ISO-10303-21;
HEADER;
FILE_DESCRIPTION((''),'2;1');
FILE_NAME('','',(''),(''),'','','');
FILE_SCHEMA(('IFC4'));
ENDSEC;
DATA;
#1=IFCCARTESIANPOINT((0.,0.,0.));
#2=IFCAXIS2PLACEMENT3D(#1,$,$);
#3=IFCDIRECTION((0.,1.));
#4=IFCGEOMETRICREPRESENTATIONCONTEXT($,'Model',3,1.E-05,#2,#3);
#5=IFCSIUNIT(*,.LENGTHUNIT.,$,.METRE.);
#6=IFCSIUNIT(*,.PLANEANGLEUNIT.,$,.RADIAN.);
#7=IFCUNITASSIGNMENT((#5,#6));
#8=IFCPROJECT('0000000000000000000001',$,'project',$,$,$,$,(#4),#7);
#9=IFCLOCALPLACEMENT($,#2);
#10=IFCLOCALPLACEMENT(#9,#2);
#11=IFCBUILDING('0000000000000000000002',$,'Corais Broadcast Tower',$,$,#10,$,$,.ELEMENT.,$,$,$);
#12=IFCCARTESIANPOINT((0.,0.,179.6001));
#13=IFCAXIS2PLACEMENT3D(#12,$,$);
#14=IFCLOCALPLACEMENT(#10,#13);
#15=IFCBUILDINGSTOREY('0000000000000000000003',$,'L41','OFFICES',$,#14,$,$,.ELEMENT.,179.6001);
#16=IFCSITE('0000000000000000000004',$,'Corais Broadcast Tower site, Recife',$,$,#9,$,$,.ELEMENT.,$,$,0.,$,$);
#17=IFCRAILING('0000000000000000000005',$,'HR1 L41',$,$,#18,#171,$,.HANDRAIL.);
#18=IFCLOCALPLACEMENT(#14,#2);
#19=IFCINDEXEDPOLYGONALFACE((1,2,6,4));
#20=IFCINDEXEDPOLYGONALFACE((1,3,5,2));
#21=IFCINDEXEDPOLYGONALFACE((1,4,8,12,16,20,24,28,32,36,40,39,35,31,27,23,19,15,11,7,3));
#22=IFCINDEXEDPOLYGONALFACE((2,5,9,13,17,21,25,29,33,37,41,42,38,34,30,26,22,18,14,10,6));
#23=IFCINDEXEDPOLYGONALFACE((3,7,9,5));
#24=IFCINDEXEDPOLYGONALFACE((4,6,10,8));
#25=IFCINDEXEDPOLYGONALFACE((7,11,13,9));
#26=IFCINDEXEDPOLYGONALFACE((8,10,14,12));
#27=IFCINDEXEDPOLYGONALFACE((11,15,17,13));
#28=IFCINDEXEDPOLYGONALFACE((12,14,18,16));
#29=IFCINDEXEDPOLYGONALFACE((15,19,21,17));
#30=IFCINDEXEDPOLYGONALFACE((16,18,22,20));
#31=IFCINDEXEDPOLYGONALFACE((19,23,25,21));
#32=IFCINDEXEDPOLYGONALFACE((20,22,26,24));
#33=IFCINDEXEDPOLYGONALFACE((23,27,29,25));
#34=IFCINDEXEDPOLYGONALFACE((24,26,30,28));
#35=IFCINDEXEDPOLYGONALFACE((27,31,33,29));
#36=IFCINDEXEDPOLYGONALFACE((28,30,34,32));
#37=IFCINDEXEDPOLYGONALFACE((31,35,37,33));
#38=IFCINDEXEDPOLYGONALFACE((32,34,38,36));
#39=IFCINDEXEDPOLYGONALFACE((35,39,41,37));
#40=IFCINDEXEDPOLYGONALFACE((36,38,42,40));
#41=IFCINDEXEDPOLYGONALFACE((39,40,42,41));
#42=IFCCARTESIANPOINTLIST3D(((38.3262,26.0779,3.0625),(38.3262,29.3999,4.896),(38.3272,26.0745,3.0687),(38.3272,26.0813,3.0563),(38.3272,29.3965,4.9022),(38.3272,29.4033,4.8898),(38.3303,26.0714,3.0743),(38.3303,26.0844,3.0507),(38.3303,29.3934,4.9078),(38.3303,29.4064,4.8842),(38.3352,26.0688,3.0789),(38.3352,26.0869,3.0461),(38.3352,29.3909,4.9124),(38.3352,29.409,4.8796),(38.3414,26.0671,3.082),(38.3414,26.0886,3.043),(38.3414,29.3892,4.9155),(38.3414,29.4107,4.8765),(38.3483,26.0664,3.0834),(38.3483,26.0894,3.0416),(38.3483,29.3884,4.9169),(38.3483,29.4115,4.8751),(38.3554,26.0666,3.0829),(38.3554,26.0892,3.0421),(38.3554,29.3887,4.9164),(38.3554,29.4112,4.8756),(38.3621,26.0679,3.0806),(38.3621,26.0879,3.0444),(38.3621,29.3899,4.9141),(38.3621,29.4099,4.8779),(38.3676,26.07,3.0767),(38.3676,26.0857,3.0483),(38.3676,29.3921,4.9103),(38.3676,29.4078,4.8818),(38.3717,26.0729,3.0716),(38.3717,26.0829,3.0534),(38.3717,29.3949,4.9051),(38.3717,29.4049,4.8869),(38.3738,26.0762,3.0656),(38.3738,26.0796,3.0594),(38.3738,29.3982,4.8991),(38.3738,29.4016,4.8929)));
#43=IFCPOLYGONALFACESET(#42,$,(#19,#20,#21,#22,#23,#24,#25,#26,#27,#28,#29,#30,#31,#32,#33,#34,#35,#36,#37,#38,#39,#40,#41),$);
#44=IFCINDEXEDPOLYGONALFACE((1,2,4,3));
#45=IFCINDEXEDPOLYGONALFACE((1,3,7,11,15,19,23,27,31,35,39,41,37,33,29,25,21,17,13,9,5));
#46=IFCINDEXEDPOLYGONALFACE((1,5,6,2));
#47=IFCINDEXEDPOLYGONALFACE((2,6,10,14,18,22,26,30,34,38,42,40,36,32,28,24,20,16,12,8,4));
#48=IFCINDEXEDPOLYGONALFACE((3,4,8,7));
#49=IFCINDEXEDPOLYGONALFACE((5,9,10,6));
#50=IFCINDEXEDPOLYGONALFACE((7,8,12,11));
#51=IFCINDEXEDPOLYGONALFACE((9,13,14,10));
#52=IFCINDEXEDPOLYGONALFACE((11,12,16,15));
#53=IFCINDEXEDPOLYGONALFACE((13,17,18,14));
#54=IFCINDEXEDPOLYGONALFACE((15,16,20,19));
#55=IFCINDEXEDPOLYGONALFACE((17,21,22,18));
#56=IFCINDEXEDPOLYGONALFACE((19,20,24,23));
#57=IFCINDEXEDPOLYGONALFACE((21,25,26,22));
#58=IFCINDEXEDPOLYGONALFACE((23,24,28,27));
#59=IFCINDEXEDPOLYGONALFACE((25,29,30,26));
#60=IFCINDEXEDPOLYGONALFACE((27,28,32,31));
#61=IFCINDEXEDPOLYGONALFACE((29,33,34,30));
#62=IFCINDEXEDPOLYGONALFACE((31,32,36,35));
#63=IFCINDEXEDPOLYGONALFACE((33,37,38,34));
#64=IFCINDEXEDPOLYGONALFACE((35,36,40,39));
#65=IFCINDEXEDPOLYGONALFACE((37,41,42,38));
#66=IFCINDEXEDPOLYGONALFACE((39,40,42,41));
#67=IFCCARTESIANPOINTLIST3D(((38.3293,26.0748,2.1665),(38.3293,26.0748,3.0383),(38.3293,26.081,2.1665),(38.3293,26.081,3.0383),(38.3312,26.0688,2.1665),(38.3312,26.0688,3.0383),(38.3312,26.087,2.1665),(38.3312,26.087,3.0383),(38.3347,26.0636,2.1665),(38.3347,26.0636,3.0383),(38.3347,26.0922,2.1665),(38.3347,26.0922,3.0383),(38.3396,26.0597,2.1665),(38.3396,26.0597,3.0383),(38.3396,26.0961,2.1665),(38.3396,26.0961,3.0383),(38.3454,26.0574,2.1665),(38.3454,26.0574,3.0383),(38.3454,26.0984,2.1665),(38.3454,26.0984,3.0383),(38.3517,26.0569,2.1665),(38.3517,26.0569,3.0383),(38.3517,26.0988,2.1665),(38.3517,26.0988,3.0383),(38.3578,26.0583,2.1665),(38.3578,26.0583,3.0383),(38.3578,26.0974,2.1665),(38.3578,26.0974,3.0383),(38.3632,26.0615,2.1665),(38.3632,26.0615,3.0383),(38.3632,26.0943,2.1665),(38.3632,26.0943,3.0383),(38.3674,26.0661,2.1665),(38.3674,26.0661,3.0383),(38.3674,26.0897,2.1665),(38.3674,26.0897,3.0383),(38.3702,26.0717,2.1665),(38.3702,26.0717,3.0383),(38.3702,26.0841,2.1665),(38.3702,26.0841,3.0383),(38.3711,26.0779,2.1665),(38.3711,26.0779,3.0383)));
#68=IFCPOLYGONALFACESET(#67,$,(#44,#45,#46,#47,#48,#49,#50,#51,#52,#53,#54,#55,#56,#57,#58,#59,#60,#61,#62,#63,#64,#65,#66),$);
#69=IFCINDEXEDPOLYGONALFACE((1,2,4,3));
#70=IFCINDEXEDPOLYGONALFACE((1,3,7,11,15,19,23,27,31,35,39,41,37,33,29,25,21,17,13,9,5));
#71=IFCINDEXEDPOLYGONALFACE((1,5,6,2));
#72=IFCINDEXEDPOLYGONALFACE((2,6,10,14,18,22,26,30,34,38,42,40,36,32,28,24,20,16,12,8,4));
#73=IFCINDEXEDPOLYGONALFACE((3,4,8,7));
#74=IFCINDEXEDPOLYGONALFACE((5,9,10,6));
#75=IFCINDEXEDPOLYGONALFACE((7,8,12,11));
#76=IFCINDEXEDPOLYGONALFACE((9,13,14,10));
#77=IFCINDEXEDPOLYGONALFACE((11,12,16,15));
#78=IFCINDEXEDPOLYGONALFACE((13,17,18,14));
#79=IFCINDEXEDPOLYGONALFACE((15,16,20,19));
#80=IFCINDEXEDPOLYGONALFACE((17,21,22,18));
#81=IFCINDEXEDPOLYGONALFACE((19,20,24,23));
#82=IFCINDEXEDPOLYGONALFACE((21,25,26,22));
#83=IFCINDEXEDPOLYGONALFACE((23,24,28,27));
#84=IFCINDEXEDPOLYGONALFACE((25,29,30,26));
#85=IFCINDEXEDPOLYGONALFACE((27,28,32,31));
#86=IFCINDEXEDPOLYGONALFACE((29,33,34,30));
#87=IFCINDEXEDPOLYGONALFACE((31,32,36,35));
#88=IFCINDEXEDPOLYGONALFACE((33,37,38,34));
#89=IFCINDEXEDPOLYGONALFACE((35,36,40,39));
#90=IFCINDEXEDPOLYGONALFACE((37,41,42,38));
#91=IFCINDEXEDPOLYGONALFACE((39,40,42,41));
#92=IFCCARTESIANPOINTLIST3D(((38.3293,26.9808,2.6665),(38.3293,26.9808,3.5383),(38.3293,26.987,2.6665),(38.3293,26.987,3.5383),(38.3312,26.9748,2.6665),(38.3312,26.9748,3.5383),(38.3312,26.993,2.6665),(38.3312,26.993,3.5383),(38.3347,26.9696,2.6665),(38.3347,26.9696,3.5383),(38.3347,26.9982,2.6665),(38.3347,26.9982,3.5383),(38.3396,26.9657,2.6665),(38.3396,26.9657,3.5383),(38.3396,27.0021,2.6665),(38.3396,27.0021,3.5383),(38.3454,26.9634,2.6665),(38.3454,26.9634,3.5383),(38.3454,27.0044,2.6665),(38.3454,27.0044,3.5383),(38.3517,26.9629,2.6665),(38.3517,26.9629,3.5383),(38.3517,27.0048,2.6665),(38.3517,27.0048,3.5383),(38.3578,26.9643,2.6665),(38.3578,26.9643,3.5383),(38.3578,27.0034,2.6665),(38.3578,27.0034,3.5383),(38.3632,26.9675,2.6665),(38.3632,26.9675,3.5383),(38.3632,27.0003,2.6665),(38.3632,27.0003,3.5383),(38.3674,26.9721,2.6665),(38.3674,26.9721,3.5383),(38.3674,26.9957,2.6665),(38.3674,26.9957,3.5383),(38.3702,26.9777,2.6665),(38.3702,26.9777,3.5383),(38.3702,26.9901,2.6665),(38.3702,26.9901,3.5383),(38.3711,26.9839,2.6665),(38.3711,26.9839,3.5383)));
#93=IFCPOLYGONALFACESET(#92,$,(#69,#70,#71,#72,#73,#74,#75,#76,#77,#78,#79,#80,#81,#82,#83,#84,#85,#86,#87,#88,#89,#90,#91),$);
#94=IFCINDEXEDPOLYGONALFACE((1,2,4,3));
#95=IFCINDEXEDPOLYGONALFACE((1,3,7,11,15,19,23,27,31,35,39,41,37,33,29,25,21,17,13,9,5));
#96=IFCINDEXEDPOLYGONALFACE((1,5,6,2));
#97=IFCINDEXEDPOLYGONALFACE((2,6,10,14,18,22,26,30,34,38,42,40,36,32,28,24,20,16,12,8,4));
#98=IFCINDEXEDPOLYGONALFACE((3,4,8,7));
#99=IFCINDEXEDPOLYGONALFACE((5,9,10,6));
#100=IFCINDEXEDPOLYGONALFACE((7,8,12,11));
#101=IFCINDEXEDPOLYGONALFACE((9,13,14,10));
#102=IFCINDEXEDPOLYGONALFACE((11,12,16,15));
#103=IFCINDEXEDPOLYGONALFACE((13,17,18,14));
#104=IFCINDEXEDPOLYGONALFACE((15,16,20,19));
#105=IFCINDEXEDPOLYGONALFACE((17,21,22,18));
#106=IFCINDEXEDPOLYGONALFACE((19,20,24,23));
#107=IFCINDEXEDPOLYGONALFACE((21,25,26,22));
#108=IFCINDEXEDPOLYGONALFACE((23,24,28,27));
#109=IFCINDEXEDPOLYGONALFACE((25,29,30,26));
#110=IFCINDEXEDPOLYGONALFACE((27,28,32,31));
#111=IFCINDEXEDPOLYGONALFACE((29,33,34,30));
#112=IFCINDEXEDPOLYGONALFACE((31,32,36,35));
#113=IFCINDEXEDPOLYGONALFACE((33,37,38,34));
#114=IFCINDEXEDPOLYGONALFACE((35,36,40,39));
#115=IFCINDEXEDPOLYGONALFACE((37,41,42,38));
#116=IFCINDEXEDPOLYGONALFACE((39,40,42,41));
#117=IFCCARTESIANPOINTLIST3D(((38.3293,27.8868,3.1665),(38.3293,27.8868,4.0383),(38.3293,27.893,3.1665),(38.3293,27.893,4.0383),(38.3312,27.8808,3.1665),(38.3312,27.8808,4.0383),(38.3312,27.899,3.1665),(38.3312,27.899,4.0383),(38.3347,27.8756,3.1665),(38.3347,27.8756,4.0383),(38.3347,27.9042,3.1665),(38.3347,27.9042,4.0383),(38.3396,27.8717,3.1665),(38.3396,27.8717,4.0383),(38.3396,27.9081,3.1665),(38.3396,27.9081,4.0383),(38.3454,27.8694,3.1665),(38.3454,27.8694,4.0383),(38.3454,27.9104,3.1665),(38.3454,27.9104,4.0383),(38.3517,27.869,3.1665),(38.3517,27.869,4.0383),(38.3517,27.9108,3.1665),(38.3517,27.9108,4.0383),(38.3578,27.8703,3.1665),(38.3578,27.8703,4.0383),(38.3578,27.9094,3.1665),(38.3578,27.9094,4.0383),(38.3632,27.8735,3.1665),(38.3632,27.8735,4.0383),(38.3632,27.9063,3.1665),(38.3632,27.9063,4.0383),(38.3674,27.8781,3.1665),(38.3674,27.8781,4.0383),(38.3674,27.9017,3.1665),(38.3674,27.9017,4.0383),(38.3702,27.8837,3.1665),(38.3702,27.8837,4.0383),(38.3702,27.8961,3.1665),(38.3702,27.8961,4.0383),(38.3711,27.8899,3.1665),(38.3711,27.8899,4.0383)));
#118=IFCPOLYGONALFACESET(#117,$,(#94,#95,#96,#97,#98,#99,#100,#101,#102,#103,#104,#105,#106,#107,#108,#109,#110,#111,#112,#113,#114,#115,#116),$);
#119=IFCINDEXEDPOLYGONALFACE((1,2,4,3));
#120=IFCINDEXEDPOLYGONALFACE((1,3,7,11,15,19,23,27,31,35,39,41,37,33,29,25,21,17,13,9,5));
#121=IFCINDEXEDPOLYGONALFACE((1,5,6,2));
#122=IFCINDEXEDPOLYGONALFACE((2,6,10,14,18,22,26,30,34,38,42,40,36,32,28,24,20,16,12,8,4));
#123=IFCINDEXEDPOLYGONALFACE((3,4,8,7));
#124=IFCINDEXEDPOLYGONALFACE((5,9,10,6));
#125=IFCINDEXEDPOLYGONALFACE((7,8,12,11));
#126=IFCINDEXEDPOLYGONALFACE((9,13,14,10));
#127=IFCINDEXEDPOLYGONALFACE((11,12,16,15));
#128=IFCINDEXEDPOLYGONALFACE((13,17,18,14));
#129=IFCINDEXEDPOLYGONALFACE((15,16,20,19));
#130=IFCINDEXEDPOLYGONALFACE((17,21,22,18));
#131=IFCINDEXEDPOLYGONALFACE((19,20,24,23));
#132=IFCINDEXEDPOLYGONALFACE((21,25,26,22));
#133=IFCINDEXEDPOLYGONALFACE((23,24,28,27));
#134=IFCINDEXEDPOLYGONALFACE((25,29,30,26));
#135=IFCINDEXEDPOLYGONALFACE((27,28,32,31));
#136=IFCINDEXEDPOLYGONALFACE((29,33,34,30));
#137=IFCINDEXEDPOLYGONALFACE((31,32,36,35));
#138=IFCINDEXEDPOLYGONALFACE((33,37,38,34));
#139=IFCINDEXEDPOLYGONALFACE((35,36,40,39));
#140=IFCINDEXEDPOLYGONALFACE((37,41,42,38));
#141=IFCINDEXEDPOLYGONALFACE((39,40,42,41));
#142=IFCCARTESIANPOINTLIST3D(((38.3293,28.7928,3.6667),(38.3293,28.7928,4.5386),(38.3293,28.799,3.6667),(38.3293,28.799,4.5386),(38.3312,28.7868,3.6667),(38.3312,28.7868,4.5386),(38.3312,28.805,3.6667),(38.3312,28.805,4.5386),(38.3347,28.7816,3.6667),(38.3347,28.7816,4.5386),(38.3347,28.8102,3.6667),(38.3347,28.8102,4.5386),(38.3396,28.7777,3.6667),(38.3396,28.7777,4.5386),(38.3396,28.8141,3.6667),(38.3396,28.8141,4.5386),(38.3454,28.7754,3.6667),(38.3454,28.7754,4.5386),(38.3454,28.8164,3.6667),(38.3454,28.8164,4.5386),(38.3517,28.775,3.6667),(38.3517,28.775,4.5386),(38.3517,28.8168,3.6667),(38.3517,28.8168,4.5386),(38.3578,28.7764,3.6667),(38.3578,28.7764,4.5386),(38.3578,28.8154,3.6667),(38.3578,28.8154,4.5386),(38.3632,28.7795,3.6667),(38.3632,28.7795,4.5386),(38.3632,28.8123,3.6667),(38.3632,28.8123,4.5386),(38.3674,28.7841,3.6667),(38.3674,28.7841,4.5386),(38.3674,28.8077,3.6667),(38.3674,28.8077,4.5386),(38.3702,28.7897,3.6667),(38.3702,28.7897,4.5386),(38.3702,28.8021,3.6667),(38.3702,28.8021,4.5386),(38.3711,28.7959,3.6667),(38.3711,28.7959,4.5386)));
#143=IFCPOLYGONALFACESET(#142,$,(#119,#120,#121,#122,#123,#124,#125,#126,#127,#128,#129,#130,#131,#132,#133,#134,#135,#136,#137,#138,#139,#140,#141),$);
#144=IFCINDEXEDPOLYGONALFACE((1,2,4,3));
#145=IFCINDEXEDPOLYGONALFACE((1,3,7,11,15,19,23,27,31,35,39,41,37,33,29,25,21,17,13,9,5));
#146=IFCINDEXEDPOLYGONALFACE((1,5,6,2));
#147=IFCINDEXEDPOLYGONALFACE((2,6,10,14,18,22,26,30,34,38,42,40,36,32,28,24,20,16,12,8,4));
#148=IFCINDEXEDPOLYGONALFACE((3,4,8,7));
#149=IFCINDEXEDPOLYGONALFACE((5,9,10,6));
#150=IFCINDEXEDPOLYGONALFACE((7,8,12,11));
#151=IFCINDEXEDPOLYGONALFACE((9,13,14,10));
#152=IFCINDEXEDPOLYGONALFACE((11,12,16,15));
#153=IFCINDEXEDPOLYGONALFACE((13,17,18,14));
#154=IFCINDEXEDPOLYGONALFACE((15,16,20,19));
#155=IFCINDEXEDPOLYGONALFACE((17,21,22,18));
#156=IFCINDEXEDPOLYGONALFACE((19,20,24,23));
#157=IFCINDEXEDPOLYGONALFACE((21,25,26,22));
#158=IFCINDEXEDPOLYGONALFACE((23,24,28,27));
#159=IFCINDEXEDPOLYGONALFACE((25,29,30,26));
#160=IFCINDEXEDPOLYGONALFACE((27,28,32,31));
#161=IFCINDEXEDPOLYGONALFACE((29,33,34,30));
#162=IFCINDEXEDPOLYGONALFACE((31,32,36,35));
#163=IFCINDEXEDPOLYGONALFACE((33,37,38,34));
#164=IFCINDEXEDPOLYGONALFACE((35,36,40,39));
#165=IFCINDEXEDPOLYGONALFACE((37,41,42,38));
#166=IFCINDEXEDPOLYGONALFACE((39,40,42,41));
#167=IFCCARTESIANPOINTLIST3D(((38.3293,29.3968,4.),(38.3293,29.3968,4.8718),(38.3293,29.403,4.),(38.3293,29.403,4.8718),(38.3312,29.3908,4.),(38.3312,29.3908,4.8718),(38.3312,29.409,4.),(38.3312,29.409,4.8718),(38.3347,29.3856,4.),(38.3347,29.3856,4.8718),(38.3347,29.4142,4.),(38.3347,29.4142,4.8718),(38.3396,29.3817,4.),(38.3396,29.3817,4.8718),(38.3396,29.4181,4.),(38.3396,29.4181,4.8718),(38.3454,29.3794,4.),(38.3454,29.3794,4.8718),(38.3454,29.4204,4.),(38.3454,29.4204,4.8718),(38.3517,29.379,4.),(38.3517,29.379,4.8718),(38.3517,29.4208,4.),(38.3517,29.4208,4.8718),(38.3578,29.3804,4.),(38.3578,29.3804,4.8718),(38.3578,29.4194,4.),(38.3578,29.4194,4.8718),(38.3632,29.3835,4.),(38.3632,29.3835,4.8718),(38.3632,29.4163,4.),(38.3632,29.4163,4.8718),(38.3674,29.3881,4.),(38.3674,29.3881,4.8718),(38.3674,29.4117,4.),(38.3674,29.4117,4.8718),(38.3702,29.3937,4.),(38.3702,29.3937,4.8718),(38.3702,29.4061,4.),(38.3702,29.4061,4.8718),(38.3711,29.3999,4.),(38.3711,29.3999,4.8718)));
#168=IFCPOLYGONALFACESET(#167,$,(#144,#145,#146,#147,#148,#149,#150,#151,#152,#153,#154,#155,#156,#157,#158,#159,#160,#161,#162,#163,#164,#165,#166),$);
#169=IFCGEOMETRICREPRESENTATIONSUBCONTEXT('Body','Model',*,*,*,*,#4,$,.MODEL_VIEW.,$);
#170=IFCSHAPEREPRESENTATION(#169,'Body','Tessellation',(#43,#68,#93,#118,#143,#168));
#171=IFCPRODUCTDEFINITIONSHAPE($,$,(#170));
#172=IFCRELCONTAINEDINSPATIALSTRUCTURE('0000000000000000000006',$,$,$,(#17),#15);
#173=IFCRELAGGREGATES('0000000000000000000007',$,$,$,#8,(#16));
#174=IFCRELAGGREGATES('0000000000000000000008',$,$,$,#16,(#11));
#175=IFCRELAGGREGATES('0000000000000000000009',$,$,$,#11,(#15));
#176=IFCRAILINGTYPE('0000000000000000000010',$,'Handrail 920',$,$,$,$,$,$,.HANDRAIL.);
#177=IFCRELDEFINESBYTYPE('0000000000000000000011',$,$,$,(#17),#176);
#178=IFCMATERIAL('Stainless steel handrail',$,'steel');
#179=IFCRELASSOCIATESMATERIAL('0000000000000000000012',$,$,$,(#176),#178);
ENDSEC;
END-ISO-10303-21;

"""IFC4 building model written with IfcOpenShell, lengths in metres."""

from ifc_helpers import new_model, si_unit, direction, frame, origin, origin_2d, place, context, subcontext, project, spatial, circle, extrude, material, type_object, element, save


model = new_model("IFC4")

# Units and contexts
model_context = context("Model", 3, precision=1e-05, world=origin(), true_north=direction((0.0, 1.0)))
body_context = subcontext(model_context, "Body", "Model", "MODEL_VIEW")
ifc_project = project(units=[si_unit("LENGTHUNIT", "METRE"), si_unit("PLANEANGLEUNIT", "RADIAN")], contexts=[model_context])

# Site, building, storey
site_placement = place(None, origin())
site = spatial("IfcSite", under=ifc_project, at=site_placement, Name="Corais Broadcast Tower site, Recife", CompositionType="ELEMENT", RefElevation=0.0)
building_placement = place(site_placement, origin())
building = spatial("IfcBuilding", under=site, at=building_placement, Name="Corais Broadcast Tower", CompositionType="ELEMENT")
storey_placement = place(building_placement, frame((0.0, 0.0, 179.6001)))
storey = spatial("IfcBuildingStorey", under=building, at=storey_placement, Name="L41", Description="OFFICES", CompositionType="ELEMENT", Elevation=179.6001)

# Railing
ifc_material_1 = material(Name="Stainless steel handrail", Category="steel")
railing_type = type_object("IfcRailingType", Name="Handrail 920", PredefinedType="HANDRAIL", material=ifc_material_1)
for number, where, name in (
    (1, (38.3501, 26.0779, 2.1665), "HR1 L41"),
):
    element("IfcRailing", number, at=place(storey_placement, frame(where)), inside=storey, type_object=railing_type, Name=name, PredefinedType="HANDRAIL", context=body_context, shape_type="SweptSolid", body=[
        extrude(circle(Radius=0.0239, at=origin_2d()), frame((0.0, 0.0, 0.896), z_axis=(0.0, 0.875504, 0.48321), x_axis=(-1.0, 0.0, 0.0)), (0.0, 0.0, 1.0), 3.7944),
        extrude(circle(Radius=0.021, at=origin_2d()), origin(), (0.0, 0.0, 1.0), 0.8718),
        extrude(circle(Radius=0.021, at=origin_2d()), frame((0.0, 0.906, 0.5)), (0.0, 0.0, 1.0), 0.8718),
        extrude(circle(Radius=0.021, at=origin_2d()), frame((0.0, 1.812, 1.0)), (0.0, 0.0, 1.0), 0.8718),
        extrude(circle(Radius=0.021, at=origin_2d()), frame((0.0, 2.718, 1.5002)), (0.0, 0.0, 1.0), 0.8718),
        extrude(circle(Radius=0.021, at=origin_2d()), frame((0.0, 3.322, 1.8335)), (0.0, 0.0, 1.0), 0.8718),
    ])

save(model, "model.ifc")
